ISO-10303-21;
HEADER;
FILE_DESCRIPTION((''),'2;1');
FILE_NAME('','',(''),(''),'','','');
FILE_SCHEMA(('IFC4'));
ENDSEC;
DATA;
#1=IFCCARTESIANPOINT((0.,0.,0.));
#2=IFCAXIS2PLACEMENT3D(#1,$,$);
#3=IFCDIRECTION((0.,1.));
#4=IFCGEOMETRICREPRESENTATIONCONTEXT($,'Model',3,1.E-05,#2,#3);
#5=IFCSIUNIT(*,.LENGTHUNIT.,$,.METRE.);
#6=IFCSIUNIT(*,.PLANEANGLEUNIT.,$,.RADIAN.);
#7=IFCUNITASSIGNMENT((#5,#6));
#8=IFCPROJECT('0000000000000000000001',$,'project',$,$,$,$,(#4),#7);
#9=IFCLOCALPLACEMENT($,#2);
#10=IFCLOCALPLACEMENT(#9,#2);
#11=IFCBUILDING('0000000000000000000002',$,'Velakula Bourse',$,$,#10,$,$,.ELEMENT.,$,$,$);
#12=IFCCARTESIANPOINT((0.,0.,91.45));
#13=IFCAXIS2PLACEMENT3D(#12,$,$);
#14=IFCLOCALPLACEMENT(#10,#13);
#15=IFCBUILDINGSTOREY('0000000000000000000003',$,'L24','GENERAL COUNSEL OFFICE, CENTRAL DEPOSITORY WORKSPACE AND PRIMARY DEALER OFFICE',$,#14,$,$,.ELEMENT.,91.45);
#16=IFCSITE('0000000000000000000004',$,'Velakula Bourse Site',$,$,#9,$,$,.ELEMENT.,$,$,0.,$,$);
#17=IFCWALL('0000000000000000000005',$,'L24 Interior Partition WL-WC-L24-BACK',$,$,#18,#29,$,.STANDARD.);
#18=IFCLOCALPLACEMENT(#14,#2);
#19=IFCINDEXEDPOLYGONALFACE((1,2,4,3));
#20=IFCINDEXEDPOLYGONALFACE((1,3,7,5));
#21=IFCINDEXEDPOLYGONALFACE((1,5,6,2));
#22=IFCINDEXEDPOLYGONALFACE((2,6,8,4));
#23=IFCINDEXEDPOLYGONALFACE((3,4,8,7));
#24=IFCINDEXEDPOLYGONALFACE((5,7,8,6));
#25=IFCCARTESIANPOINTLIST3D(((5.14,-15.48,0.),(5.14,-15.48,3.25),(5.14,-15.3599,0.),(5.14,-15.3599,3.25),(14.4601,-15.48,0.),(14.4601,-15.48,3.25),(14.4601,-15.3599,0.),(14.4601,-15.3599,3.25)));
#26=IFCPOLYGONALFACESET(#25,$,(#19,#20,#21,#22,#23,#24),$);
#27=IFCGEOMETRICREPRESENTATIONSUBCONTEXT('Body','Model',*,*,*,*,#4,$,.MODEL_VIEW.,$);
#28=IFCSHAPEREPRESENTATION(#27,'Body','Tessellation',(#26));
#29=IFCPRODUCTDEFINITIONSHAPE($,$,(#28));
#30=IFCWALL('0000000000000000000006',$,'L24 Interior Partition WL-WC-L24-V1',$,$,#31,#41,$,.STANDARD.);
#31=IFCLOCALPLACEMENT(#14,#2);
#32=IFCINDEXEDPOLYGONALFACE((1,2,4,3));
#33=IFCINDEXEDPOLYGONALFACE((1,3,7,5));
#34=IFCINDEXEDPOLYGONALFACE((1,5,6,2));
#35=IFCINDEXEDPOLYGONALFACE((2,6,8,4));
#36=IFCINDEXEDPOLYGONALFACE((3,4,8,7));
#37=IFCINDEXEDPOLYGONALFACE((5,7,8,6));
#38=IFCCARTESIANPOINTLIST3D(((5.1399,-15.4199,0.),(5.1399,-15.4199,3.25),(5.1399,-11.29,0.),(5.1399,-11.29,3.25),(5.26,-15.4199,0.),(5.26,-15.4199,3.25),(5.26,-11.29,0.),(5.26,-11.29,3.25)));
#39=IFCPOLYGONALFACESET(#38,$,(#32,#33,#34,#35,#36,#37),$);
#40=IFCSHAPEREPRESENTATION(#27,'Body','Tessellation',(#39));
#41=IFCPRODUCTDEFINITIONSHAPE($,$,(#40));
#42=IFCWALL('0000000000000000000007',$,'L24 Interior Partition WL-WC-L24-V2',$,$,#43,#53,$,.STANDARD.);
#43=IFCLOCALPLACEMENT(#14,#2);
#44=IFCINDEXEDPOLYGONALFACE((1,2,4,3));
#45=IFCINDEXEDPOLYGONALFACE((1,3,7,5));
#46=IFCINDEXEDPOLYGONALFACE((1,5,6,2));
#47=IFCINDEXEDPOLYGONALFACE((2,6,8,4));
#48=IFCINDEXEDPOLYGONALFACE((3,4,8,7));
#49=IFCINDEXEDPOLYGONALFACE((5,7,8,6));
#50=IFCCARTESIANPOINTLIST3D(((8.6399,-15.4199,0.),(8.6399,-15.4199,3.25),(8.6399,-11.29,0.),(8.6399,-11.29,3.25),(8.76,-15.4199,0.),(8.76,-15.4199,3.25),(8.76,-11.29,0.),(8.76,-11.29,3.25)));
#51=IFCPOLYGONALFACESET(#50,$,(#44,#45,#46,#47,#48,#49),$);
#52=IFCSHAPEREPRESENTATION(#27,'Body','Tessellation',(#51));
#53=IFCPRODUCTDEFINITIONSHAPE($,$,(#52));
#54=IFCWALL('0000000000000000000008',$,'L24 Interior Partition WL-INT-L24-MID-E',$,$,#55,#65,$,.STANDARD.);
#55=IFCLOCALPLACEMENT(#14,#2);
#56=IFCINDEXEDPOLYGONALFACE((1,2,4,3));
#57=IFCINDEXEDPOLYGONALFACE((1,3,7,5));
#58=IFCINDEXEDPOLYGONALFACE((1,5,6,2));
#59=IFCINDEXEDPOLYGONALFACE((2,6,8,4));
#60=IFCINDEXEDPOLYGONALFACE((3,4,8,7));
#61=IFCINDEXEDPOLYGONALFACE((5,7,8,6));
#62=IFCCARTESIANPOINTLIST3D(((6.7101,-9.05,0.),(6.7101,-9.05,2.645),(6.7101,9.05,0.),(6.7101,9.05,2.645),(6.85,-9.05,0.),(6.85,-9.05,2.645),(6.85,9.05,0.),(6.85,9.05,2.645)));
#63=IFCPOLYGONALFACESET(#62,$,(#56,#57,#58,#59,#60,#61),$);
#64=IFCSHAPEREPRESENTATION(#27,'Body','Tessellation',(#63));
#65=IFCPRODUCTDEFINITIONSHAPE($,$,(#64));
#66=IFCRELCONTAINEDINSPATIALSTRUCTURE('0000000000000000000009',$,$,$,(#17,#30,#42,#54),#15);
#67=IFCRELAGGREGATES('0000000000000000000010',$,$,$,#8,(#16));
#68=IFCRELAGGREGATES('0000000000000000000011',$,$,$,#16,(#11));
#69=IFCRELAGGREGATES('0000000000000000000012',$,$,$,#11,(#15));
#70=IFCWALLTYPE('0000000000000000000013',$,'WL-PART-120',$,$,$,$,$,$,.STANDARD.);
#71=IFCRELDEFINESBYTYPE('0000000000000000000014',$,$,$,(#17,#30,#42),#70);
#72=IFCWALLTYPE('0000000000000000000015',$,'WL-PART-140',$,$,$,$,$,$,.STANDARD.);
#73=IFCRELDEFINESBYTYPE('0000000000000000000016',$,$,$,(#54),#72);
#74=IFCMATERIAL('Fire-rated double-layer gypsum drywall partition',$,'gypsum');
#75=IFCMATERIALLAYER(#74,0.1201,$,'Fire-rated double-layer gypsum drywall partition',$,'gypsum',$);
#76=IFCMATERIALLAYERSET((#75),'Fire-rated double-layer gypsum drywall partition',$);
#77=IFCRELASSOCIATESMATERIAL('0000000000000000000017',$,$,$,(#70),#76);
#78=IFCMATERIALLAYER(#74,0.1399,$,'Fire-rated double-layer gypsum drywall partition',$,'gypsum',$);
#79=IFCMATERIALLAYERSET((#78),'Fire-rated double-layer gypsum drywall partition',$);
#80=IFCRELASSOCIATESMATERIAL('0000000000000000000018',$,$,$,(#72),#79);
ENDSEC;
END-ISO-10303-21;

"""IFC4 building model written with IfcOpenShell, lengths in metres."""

from ifc_helpers import new_model, si_unit, direction, frame, frame_2d, origin, place, context, subcontext, project, spatial, rectangle, extrude, material, layer, layer_set, type_object, element, save


model = new_model("IFC4")

# Units and contexts
model_context = context("Model", 3, precision=1e-05, world=origin(), true_north=direction((0.0, 1.0)))
body_context = subcontext(model_context, "Body", "Model", "MODEL_VIEW")
ifc_project = project(units=[si_unit("LENGTHUNIT", "METRE"), si_unit("PLANEANGLEUNIT", "RADIAN")], contexts=[model_context])

# Site, building, storey
site_placement = place(None, origin())
site = spatial("IfcSite", under=ifc_project, at=site_placement, Name="Velakula Bourse Site", CompositionType="ELEMENT", RefElevation=0.0)
building_placement = place(site_placement, origin())
building = spatial("IfcBuilding", under=site, at=building_placement, Name="Velakula Bourse", CompositionType="ELEMENT")
storey_placement = place(building_placement, frame((0.0, 0.0, 91.45)))
storey = spatial("IfcBuildingStorey", under=building, at=storey_placement, Name="L24", Description="GENERAL COUNSEL OFFICE, CENTRAL DEPOSITORY WORKSPACE AND PRIMARY DEALER OFFICE", CompositionType="ELEMENT", Elevation=91.45)

# Walls
ifc_material_1 = material(Name="Fire-rated double-layer gypsum drywall partition", Category="gypsum")
ifc_layer_1 = layer(ifc_material_1, 0.1201, Name="Fire-rated double-layer gypsum drywall partition", Category="gypsum")
ifc_layer_set_1 = layer_set([ifc_layer_1], Name="Fire-rated double-layer gypsum drywall partition")
wall_type_1 = type_object("IfcWallType", Name="WL-PART-120", PredefinedType="STANDARD", material=ifc_layer_set_1)
wall_1_placement = place(storey_placement, frame((5.1399, -15.4199, 0.0), z_axis=(0.0, 0.0, 1.0), x_axis=(1.0, 0.0, 0.0)))
element("IfcWall", 1, at=wall_1_placement, inside=storey, type_object=wall_type_1, Name="L24 Interior Partition WL-WC-L24-BACK", PredefinedType="STANDARD", context=body_context, shape_type="SweptSolid", body=[
    extrude(rectangle(XDim=9.3201, YDim=0.1201, at=frame_2d((4.6602, 0.0))), origin(), (0.0, 0.0, 1.0), 3.25),
])
for number, where, z_axis, x_axis, name in (
    (2, (5.2, -15.4199, 0.0), (0.0, 0.0, 1.0), (0.0, 1.0, 0.0), "L24 Interior Partition WL-WC-L24-V1"),
    (3, (8.7, -15.4199, 0.0), (0.0, 0.0, 1.0), (0.0, 1.0, 0.0), "L24 Interior Partition WL-WC-L24-V2"),
):
    element("IfcWall", number, at=place(storey_placement, frame(where, z_axis=z_axis, x_axis=x_axis)), inside=storey, type_object=wall_type_1, Name=name, PredefinedType="STANDARD", context=body_context, shape_type="SweptSolid", body=[
        extrude(rectangle(XDim=4.1299, YDim=0.1201, at=frame_2d((2.0649, 0.0))), origin(), (0.0, 0.0, 1.0), 3.25),
    ])
ifc_layer_2 = layer(ifc_material_1, 0.1399, Name="Fire-rated double-layer gypsum drywall partition", Category="gypsum")
ifc_layer_set_2 = layer_set([ifc_layer_2], Name="Fire-rated double-layer gypsum drywall partition")
wall_type_2 = type_object("IfcWallType", Name="WL-PART-140", PredefinedType="STANDARD", material=ifc_layer_set_2)
wall_2_placement = place(storey_placement, frame((6.78, -9.05, 0.0), z_axis=(0.0, 0.0, 1.0), x_axis=(0.0, 1.0, 0.0)))
element("IfcWall", 4, at=wall_2_placement, inside=storey, type_object=wall_type_2, Name="L24 Interior Partition WL-INT-L24-MID-E", PredefinedType="STANDARD", context=body_context, shape_type="SweptSolid", body=[
    extrude(rectangle(XDim=18.1001, YDim=0.1399, at=frame_2d((9.05, 0.0))), origin(), (0.0, 0.0, 1.0), 2.645),
])

save(model, "model.ifc")
